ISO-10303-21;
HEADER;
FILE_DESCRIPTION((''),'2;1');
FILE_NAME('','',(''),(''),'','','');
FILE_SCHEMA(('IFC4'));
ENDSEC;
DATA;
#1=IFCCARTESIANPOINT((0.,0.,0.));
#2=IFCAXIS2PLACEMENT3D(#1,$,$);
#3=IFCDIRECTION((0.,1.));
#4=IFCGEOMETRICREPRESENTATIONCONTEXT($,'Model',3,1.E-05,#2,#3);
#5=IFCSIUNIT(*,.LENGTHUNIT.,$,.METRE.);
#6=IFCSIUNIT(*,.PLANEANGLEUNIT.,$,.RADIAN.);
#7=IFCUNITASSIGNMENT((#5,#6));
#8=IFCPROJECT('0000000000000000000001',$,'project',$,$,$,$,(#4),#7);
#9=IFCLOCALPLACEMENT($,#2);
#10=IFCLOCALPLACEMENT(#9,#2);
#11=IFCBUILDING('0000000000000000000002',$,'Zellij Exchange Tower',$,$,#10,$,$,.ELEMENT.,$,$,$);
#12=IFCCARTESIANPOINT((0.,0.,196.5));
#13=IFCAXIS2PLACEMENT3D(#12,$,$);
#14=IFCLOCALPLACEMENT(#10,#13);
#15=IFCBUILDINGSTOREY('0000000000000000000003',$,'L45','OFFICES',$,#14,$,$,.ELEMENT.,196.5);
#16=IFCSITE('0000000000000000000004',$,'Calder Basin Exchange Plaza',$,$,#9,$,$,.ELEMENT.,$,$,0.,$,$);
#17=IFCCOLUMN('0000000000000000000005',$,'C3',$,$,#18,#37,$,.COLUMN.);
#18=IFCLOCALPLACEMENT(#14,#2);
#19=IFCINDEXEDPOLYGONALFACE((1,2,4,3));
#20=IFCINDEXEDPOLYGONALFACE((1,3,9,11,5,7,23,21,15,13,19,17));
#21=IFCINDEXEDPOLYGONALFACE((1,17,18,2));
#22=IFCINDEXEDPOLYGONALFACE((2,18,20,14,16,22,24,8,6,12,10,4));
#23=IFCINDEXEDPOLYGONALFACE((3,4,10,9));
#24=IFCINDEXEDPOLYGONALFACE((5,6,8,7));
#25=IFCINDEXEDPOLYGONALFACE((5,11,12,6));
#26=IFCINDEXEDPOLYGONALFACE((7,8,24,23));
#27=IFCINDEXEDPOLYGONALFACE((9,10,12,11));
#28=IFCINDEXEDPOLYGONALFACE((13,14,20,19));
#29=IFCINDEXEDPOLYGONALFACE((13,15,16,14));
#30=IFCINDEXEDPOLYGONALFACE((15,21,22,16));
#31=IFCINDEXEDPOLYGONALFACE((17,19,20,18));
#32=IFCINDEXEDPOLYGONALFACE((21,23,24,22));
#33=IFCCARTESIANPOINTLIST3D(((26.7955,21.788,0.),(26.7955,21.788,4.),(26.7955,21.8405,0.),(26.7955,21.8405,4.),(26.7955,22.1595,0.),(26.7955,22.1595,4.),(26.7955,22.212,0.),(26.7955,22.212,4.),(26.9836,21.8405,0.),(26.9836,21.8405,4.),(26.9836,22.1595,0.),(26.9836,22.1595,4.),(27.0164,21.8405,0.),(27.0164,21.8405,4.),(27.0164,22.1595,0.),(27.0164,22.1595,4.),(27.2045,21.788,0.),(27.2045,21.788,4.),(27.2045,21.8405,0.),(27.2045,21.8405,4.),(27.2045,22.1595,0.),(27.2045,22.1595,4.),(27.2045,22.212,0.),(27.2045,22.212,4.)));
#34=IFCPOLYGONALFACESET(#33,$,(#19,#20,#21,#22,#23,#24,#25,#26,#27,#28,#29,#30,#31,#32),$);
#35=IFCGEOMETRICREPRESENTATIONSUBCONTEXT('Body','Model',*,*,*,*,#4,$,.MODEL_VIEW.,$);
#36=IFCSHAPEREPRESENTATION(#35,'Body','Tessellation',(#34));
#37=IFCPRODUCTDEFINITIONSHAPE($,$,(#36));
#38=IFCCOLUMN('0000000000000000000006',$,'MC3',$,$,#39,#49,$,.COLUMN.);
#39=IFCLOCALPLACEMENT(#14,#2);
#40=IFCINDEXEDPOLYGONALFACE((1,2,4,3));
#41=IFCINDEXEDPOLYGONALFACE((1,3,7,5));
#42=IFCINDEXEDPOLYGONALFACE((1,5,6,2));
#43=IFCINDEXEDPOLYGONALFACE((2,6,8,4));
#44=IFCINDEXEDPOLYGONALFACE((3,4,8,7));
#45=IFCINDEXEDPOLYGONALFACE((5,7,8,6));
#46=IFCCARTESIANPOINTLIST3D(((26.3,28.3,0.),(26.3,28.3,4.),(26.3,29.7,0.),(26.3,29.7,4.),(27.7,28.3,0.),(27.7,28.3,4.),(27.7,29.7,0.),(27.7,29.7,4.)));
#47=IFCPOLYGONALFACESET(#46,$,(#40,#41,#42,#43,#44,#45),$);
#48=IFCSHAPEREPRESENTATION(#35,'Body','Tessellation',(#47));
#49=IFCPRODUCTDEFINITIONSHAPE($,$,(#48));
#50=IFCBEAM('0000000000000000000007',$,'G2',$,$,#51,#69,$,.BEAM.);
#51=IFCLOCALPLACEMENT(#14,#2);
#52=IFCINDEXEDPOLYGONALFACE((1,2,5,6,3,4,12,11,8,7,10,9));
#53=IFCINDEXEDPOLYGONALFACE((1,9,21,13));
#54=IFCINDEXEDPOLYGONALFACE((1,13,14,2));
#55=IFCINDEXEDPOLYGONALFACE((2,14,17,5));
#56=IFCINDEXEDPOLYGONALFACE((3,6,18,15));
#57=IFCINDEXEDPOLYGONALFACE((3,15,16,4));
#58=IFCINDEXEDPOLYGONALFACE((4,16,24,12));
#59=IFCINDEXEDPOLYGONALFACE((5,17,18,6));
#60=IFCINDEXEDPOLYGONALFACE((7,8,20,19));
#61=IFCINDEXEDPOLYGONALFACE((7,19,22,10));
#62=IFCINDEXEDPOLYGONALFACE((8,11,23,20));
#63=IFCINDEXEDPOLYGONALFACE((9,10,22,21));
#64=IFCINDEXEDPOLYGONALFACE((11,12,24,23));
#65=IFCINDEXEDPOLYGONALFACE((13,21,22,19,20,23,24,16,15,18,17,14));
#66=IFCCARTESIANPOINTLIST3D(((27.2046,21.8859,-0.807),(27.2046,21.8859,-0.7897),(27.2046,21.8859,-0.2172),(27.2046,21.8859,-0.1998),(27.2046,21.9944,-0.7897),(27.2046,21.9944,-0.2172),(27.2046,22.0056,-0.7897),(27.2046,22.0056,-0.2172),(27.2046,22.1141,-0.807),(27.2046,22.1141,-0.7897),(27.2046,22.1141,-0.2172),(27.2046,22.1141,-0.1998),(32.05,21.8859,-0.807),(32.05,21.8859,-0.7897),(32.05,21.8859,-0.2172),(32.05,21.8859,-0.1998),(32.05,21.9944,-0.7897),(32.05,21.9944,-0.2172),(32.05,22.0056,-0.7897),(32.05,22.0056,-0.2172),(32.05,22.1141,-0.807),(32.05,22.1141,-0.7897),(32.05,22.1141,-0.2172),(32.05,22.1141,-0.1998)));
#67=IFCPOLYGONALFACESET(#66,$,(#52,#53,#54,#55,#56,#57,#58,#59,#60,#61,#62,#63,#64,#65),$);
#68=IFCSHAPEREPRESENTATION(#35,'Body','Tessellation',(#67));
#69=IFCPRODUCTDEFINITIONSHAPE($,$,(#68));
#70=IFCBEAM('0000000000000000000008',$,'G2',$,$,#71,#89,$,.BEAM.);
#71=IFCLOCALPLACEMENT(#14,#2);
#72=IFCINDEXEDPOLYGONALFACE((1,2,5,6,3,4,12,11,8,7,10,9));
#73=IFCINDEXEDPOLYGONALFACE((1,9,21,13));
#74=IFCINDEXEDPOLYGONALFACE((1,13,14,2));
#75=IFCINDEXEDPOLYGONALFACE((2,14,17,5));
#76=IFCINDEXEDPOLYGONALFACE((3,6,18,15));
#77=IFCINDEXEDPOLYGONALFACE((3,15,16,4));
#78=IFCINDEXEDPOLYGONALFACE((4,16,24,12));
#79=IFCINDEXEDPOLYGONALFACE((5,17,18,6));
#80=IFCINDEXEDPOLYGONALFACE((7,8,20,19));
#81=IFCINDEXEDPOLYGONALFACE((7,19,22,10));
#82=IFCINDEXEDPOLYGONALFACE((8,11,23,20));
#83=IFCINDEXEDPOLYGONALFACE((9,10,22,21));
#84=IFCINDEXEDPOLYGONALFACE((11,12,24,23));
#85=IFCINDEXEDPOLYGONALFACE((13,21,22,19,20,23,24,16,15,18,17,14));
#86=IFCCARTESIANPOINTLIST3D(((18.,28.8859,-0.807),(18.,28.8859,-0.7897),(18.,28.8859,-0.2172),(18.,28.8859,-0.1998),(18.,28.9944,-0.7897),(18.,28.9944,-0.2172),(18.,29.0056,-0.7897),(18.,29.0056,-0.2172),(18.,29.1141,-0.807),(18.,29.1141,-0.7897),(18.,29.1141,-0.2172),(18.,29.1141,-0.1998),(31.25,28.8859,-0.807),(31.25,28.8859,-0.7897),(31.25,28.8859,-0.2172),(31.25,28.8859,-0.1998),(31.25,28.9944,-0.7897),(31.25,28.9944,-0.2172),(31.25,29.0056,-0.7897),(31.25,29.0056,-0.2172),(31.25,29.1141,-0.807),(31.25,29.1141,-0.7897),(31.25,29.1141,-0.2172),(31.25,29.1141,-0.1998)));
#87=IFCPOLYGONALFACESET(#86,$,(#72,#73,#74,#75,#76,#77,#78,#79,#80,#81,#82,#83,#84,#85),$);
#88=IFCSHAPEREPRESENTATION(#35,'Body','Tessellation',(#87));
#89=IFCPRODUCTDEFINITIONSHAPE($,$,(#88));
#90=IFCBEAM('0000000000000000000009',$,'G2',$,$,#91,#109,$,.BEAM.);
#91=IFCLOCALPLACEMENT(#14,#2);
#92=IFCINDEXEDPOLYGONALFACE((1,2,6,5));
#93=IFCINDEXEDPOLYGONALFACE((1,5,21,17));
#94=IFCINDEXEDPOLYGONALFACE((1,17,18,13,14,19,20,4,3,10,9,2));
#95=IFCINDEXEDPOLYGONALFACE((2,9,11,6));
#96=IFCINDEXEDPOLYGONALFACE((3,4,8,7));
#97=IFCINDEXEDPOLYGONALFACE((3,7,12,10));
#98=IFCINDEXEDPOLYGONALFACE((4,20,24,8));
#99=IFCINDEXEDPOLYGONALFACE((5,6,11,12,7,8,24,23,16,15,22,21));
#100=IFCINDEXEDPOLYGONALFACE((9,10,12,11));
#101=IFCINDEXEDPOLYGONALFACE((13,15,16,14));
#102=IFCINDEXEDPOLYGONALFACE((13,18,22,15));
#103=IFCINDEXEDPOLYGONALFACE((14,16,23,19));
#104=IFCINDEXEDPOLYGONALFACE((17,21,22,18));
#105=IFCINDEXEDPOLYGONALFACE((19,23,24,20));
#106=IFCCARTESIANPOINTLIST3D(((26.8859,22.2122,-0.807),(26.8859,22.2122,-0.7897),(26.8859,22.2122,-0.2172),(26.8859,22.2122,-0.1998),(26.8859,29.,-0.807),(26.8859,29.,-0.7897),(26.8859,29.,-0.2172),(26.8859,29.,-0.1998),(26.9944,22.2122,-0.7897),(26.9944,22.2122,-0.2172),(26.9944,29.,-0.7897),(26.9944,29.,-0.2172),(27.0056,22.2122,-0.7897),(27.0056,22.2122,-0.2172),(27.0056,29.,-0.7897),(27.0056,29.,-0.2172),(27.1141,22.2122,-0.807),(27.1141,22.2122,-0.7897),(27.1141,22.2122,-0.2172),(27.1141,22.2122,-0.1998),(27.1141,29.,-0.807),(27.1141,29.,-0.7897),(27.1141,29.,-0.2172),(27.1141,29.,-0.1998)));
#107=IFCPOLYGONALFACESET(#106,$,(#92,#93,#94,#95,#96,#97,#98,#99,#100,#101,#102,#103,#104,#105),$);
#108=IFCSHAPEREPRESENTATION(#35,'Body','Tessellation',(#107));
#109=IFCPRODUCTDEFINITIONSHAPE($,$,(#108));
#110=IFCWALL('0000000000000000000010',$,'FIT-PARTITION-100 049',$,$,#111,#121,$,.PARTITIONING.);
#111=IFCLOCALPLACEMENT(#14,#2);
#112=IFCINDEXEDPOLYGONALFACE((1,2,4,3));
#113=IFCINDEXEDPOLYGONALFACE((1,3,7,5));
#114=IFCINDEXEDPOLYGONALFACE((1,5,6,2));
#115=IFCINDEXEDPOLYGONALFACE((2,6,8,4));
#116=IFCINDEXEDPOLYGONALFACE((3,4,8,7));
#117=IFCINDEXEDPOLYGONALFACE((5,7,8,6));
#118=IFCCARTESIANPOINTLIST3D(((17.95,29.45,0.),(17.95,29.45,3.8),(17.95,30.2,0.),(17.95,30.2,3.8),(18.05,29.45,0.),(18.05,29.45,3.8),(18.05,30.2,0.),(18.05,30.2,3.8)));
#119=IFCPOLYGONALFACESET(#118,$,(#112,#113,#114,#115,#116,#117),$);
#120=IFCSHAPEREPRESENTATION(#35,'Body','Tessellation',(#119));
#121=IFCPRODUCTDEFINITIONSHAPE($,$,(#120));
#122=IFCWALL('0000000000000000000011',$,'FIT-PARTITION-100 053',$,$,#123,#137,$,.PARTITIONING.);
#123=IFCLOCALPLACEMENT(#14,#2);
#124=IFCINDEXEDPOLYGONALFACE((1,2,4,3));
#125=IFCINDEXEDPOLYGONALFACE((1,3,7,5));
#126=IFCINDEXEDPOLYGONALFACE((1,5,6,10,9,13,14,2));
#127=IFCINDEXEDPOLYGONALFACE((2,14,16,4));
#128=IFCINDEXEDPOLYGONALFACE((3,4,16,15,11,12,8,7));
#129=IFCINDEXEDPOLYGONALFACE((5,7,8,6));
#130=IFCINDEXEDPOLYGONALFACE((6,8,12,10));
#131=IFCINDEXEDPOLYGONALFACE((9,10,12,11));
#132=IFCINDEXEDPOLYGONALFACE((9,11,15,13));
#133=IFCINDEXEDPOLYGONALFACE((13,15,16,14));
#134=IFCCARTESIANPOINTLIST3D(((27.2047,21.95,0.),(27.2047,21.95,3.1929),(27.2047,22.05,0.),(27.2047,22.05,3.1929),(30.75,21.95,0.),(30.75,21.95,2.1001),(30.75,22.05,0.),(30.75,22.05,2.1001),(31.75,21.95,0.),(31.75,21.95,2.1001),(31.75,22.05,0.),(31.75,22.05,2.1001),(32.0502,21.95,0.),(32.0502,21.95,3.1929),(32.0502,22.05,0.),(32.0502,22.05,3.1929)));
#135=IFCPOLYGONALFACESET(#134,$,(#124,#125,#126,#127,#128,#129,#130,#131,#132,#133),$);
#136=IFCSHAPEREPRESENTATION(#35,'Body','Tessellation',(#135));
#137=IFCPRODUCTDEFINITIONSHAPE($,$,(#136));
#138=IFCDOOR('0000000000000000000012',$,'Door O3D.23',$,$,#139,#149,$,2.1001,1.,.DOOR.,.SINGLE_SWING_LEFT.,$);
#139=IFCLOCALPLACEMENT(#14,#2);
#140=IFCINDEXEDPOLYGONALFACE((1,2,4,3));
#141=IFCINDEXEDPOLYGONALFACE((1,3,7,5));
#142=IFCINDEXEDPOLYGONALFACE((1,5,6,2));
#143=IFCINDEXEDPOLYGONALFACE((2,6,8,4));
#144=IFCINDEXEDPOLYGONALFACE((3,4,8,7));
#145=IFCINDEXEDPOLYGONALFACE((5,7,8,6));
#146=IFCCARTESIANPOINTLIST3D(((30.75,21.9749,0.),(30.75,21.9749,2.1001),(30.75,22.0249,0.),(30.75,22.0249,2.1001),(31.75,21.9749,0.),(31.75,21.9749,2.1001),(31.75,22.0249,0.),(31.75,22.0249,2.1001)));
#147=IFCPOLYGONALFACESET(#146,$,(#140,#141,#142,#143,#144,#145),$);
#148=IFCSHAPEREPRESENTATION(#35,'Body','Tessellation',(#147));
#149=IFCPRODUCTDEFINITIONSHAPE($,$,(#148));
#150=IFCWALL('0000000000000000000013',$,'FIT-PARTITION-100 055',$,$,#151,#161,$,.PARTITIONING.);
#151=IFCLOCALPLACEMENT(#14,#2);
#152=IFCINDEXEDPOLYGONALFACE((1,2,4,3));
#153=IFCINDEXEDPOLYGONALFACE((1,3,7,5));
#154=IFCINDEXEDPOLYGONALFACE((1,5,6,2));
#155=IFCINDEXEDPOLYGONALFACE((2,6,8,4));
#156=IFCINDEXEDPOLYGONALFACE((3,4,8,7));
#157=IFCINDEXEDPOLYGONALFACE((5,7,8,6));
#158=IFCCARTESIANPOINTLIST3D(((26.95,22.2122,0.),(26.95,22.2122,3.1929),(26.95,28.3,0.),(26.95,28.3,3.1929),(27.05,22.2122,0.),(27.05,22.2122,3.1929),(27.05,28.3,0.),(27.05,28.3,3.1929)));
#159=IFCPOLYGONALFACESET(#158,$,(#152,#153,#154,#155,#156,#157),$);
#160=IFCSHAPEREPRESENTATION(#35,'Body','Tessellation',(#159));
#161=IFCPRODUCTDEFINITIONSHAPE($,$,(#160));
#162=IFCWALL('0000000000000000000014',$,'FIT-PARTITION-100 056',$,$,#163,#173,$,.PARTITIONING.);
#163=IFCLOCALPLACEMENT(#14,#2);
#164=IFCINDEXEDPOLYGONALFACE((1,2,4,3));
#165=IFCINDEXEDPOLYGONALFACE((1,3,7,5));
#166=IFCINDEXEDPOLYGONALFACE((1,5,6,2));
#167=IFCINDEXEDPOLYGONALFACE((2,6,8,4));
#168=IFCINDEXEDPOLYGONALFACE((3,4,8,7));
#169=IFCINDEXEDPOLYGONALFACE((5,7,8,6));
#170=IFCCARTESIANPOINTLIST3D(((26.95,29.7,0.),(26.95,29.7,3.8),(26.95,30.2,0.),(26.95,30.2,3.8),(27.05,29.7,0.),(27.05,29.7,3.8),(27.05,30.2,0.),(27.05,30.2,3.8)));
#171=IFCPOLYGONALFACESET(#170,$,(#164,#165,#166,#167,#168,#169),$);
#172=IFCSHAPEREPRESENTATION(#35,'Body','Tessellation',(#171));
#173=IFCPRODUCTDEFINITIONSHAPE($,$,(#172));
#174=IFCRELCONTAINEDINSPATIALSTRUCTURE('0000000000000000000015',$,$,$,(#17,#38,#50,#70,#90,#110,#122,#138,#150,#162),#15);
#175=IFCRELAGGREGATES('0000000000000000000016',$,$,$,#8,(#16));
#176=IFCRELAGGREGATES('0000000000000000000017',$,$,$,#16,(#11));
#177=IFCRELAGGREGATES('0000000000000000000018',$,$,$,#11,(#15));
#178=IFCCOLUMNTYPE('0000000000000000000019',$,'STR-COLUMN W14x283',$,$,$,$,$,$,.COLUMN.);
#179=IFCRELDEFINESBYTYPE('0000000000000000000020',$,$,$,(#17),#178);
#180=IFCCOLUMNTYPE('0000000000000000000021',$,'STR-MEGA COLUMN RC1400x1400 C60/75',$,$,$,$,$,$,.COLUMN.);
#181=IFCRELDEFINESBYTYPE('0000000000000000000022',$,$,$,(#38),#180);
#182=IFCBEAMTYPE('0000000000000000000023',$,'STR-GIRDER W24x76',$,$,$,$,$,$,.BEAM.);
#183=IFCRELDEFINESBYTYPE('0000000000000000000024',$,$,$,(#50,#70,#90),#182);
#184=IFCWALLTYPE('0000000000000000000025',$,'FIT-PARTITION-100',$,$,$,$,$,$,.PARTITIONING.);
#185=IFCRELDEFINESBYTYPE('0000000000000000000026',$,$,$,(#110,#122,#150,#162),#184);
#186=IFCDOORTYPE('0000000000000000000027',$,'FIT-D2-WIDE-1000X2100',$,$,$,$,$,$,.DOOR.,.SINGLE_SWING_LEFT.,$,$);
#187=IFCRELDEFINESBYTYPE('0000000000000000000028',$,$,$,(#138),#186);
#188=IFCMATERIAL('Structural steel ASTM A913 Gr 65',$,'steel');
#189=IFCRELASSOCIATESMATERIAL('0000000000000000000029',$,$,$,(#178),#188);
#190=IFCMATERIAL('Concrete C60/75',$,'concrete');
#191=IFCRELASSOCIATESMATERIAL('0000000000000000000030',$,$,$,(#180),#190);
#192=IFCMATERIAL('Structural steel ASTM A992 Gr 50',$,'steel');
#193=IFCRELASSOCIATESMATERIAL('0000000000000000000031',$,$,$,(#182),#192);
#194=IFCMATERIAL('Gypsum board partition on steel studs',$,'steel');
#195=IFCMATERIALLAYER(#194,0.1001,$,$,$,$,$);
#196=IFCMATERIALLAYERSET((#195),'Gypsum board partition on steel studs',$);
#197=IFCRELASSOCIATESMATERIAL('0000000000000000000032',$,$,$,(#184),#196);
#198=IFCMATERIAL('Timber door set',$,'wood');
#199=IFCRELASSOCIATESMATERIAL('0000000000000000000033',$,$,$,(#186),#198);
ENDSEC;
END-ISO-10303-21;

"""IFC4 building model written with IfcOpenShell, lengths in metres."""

from ifc_helpers import new_model, si_unit, direction, frame, frame_2d, origin, origin_2d, place, context, subcontext, project, spatial, rectangle, i_section, extrude, material, layer, layer_set, material_profile, profile_set, type_object, element, fill, save


model = new_model("IFC4")

# Units and contexts
model_context = context("Model", 3, precision=1e-05, world=origin(), true_north=direction((0.0, 1.0)))
body_context = subcontext(model_context, "Body", "Model", "MODEL_VIEW")
ifc_project = project(units=[si_unit("LENGTHUNIT", "METRE"), si_unit("PLANEANGLEUNIT", "RADIAN")], contexts=[model_context])

# Site, building, storey
site_placement = place(None, origin())
site = spatial("IfcSite", under=ifc_project, at=site_placement, Name="Calder Basin Exchange Plaza", CompositionType="ELEMENT", RefElevation=0.0)
building_placement = place(site_placement, origin())
building = spatial("IfcBuilding", under=site, at=building_placement, Name="Zellij Exchange Tower", CompositionType="ELEMENT")
storey_placement = place(building_placement, frame((0.0, 0.0, 196.5)))
storey = spatial("IfcBuildingStorey", under=building, at=storey_placement, Name="L45", Description="OFFICES", CompositionType="ELEMENT", Elevation=196.5)

# Columns
ifc_material_1 = material(Name="Structural steel ASTM A913 Gr 65", Category="steel")
ifc_material_profile_1 = material_profile(ifc_material_1, i_section(OverallWidth=0.4089, OverallDepth=0.4241, WebThickness=0.0327, FlangeThickness=0.0525, at=origin_2d()), Name="W14x283")
ifc_profile_set_1 = profile_set([ifc_material_profile_1], Name="Structural steel ASTM A913 Gr 65")
column_type_1 = type_object("IfcColumnType", Name="STR-COLUMN W14x283", PredefinedType="COLUMN", material=ifc_profile_set_1)
column_1_placement = place(storey_placement, frame((27.0, 22.0, 0.0), z_axis=(0.0, 0.0, 1.0), x_axis=(1.0, 0.0, 0.0)))
element("IfcColumn", 1, at=column_1_placement, inside=storey, type_object=column_type_1, Name="C3", PredefinedType="COLUMN", context=body_context, shape_type="SweptSolid", body=[
    extrude(i_section(OverallWidth=0.4089, OverallDepth=0.4241, WebThickness=0.0327, FlangeThickness=0.0525, at=origin_2d()), origin(), (0.0, 0.0, 1.0), 4.0),
])
ifc_material_2 = material(Name="Concrete C60/75", Category="concrete")
ifc_material_profile_2 = material_profile(ifc_material_2, rectangle(XDim=1.3999, YDim=1.3999, at=origin_2d()), Name="STR-MEGA COLUMN RC1400x1400 C60/75")
ifc_profile_set_2 = profile_set([ifc_material_profile_2], Name="Concrete C60/75")
column_type_2 = type_object("IfcColumnType", Name="STR-MEGA COLUMN RC1400x1400 C60/75", PredefinedType="COLUMN", material=ifc_profile_set_2)
column_2_placement = place(storey_placement, frame((27.0, 29.0, 0.0), z_axis=(0.0, 0.0, 1.0), x_axis=(1.0, 0.0, 0.0)))
element("IfcColumn", 2, at=column_2_placement, inside=storey, type_object=column_type_2, Name="MC3", PredefinedType="COLUMN", context=body_context, shape_type="SweptSolid", body=[
    extrude(rectangle(XDim=1.3999, YDim=1.3999, at=origin_2d()), origin(), (0.0, 0.0, 1.0), 4.0),
])

# Beams
ifc_material_3 = material(Name="Structural steel ASTM A992 Gr 50", Category="steel")
ifc_material_profile_3 = material_profile(ifc_material_3, i_section(OverallWidth=0.2283, OverallDepth=0.6072, WebThickness=0.0112, FlangeThickness=0.0173, at=origin_2d()), Name="W24x76")
ifc_profile_set_3 = profile_set([ifc_material_profile_3], Name="Structural steel ASTM A992 Gr 50")
beam_type = type_object("IfcBeamType", Name="STR-GIRDER W24x76", PredefinedType="BEAM", material=ifc_profile_set_3)
beam_1_placement = place(storey_placement, frame((27.2046, 22.0, -0.5034), z_axis=(1.0, 0.0, 0.0), x_axis=(0.0, 1.0, 0.0)))
element("IfcBeam", 3, at=beam_1_placement, inside=storey, type_object=beam_type, Name="G2", PredefinedType="BEAM", context=body_context, shape_type="SweptSolid", body=[
    extrude(i_section(OverallWidth=0.2283, OverallDepth=0.6072, WebThickness=0.0112, FlangeThickness=0.0173, at=origin_2d()), origin(), (0.0, 0.0, 1.0), 4.8455),
])
beam_2_placement = place(storey_placement, frame((18.0, 29.0, -0.5034), z_axis=(1.0, 0.0, 0.0), x_axis=(0.0, 1.0, 0.0)))
element("IfcBeam", 4, at=beam_2_placement, inside=storey, type_object=beam_type, Name="G2", PredefinedType="BEAM", context=body_context, shape_type="SweptSolid", body=[
    extrude(i_section(OverallWidth=0.2283, OverallDepth=0.6072, WebThickness=0.0112, FlangeThickness=0.0173, at=origin_2d()), origin(), (0.0, 0.0, 1.0), 13.25),
])
beam_3_placement = place(storey_placement, frame((27.0, 22.2122, -0.5034), z_axis=(0.0, 1.0, 0.0), x_axis=(-1.0, 0.0, 0.0)))
element("IfcBeam", 5, at=beam_3_placement, inside=storey, type_object=beam_type, Name="G2", PredefinedType="BEAM", context=body_context, shape_type="SweptSolid", body=[
    extrude(i_section(OverallWidth=0.2283, OverallDepth=0.6072, WebThickness=0.0112, FlangeThickness=0.0173, at=origin_2d()), origin(), (0.0, 0.0, 1.0), 6.7878),
])

# Wall
ifc_material_4 = material(Name="Gypsum board partition on steel studs", Category="steel")
ifc_layer_1 = layer(ifc_material_4, 0.1001)
ifc_layer_set_1 = layer_set([ifc_layer_1], Name="Gypsum board partition on steel studs")
wall_type = type_object("IfcWallType", Name="FIT-PARTITION-100", PredefinedType="PARTITIONING", material=ifc_layer_set_1)
wall_1_placement = place(storey_placement, frame((18.0, 29.45, 0.0), z_axis=(0.0, 0.0, 1.0), x_axis=(0.0, 1.0, 0.0)))
element("IfcWall", 6, at=wall_1_placement, inside=storey, type_object=wall_type, Name="FIT-PARTITION-100 049", PredefinedType="PARTITIONING", context=body_context, shape_type="SweptSolid", body=[
    extrude(rectangle(XDim=0.75, YDim=0.1001, at=frame_2d((0.375, 0.0))), origin(), (0.0, 0.0, 1.0), 3.8),
])

# Wall, opening, door
wall_2_placement = place(storey_placement, frame((27.2046, 22.0, 0.0), z_axis=(0.0, 0.0, 1.0), x_axis=(1.0, 0.0, 0.0)))
wall_2 = element("IfcWall", 7, at=wall_2_placement, inside=storey, type_object=wall_type, Name="FIT-PARTITION-100 053", PredefinedType="PARTITIONING", context=body_context, shape_type="SweptSolid", body=[
    extrude(rectangle(XDim=4.8455, YDim=0.1001, at=frame_2d((2.4229, 0.0))), origin(), (0.0, 0.0, 1.0), 3.1929),
])
opening_placement = place(wall_2_placement, frame((3.5454, 0.0, 0.0)))
opening = element("IfcOpeningElement", 8, at=opening_placement, cuts=wall_2, PredefinedType="OPENING", context=body_context, shape_type="SweptSolid", body=[
    extrude(rectangle(XDim=1.0, YDim=2.1001, at=frame_2d((0.5, 1.05))), frame((0.0, 0.062, 0.0), z_axis=(0.0, -1.0, 0.0), x_axis=(1.0, 0.0, 0.0)), (0.0, 0.0, 1.0), 0.124),
])
ifc_material_5 = material(Name="Timber door set", Category="wood")
door_type = type_object("IfcDoorType", Name="FIT-D2-WIDE-1000X2100", OperationType="SINGLE_SWING_LEFT", PredefinedType="DOOR", material=ifc_material_5)
door_placement = place(opening_placement, origin())
door = element("IfcDoor", 9, at=door_placement, inside=storey, type_object=door_type, Name="Door O3D.23", OperationType="SINGLE_SWING_LEFT", OverallHeight=2.1001, OverallWidth=1.0, PredefinedType="DOOR", context=body_context, shape_type="SweptSolid", body=[
    extrude(rectangle(XDim=1.0, YDim=2.1001, at=frame_2d((0.5, 1.05))), frame((0.0, 0.0249, 0.0), z_axis=(0.0, -1.0, 0.0), x_axis=(1.0, 0.0, 0.0)), (0.0, 0.0, 1.0), 0.05),
])
fill(opening, door)

# Walls
wall_3_placement = place(storey_placement, frame((27.0, 22.2122, 0.0), z_axis=(0.0, 0.0, 1.0), x_axis=(0.0, 1.0, 0.0)))
element("IfcWall", 10, at=wall_3_placement, inside=storey, type_object=wall_type, Name="FIT-PARTITION-100 055", PredefinedType="PARTITIONING", context=body_context, shape_type="SweptSolid", body=[
    extrude(rectangle(XDim=6.0879, YDim=0.1001, at=frame_2d((3.0439, 0.0))), origin(), (0.0, 0.0, 1.0), 3.1929),
])
wall_4_placement = place(storey_placement, frame((27.0, 29.7, 0.0), z_axis=(0.0, 0.0, 1.0), x_axis=(0.0, 1.0, 0.0)))
element("IfcWall", 11, at=wall_4_placement, inside=storey, type_object=wall_type, Name="FIT-PARTITION-100 056", PredefinedType="PARTITIONING", context=body_context, shape_type="SweptSolid", body=[
    extrude(rectangle(XDim=0.5, YDim=0.1001, at=frame_2d((0.25, 0.0))), origin(), (0.0, 0.0, 1.0), 3.8),
])

save(model, "model.ifc")
